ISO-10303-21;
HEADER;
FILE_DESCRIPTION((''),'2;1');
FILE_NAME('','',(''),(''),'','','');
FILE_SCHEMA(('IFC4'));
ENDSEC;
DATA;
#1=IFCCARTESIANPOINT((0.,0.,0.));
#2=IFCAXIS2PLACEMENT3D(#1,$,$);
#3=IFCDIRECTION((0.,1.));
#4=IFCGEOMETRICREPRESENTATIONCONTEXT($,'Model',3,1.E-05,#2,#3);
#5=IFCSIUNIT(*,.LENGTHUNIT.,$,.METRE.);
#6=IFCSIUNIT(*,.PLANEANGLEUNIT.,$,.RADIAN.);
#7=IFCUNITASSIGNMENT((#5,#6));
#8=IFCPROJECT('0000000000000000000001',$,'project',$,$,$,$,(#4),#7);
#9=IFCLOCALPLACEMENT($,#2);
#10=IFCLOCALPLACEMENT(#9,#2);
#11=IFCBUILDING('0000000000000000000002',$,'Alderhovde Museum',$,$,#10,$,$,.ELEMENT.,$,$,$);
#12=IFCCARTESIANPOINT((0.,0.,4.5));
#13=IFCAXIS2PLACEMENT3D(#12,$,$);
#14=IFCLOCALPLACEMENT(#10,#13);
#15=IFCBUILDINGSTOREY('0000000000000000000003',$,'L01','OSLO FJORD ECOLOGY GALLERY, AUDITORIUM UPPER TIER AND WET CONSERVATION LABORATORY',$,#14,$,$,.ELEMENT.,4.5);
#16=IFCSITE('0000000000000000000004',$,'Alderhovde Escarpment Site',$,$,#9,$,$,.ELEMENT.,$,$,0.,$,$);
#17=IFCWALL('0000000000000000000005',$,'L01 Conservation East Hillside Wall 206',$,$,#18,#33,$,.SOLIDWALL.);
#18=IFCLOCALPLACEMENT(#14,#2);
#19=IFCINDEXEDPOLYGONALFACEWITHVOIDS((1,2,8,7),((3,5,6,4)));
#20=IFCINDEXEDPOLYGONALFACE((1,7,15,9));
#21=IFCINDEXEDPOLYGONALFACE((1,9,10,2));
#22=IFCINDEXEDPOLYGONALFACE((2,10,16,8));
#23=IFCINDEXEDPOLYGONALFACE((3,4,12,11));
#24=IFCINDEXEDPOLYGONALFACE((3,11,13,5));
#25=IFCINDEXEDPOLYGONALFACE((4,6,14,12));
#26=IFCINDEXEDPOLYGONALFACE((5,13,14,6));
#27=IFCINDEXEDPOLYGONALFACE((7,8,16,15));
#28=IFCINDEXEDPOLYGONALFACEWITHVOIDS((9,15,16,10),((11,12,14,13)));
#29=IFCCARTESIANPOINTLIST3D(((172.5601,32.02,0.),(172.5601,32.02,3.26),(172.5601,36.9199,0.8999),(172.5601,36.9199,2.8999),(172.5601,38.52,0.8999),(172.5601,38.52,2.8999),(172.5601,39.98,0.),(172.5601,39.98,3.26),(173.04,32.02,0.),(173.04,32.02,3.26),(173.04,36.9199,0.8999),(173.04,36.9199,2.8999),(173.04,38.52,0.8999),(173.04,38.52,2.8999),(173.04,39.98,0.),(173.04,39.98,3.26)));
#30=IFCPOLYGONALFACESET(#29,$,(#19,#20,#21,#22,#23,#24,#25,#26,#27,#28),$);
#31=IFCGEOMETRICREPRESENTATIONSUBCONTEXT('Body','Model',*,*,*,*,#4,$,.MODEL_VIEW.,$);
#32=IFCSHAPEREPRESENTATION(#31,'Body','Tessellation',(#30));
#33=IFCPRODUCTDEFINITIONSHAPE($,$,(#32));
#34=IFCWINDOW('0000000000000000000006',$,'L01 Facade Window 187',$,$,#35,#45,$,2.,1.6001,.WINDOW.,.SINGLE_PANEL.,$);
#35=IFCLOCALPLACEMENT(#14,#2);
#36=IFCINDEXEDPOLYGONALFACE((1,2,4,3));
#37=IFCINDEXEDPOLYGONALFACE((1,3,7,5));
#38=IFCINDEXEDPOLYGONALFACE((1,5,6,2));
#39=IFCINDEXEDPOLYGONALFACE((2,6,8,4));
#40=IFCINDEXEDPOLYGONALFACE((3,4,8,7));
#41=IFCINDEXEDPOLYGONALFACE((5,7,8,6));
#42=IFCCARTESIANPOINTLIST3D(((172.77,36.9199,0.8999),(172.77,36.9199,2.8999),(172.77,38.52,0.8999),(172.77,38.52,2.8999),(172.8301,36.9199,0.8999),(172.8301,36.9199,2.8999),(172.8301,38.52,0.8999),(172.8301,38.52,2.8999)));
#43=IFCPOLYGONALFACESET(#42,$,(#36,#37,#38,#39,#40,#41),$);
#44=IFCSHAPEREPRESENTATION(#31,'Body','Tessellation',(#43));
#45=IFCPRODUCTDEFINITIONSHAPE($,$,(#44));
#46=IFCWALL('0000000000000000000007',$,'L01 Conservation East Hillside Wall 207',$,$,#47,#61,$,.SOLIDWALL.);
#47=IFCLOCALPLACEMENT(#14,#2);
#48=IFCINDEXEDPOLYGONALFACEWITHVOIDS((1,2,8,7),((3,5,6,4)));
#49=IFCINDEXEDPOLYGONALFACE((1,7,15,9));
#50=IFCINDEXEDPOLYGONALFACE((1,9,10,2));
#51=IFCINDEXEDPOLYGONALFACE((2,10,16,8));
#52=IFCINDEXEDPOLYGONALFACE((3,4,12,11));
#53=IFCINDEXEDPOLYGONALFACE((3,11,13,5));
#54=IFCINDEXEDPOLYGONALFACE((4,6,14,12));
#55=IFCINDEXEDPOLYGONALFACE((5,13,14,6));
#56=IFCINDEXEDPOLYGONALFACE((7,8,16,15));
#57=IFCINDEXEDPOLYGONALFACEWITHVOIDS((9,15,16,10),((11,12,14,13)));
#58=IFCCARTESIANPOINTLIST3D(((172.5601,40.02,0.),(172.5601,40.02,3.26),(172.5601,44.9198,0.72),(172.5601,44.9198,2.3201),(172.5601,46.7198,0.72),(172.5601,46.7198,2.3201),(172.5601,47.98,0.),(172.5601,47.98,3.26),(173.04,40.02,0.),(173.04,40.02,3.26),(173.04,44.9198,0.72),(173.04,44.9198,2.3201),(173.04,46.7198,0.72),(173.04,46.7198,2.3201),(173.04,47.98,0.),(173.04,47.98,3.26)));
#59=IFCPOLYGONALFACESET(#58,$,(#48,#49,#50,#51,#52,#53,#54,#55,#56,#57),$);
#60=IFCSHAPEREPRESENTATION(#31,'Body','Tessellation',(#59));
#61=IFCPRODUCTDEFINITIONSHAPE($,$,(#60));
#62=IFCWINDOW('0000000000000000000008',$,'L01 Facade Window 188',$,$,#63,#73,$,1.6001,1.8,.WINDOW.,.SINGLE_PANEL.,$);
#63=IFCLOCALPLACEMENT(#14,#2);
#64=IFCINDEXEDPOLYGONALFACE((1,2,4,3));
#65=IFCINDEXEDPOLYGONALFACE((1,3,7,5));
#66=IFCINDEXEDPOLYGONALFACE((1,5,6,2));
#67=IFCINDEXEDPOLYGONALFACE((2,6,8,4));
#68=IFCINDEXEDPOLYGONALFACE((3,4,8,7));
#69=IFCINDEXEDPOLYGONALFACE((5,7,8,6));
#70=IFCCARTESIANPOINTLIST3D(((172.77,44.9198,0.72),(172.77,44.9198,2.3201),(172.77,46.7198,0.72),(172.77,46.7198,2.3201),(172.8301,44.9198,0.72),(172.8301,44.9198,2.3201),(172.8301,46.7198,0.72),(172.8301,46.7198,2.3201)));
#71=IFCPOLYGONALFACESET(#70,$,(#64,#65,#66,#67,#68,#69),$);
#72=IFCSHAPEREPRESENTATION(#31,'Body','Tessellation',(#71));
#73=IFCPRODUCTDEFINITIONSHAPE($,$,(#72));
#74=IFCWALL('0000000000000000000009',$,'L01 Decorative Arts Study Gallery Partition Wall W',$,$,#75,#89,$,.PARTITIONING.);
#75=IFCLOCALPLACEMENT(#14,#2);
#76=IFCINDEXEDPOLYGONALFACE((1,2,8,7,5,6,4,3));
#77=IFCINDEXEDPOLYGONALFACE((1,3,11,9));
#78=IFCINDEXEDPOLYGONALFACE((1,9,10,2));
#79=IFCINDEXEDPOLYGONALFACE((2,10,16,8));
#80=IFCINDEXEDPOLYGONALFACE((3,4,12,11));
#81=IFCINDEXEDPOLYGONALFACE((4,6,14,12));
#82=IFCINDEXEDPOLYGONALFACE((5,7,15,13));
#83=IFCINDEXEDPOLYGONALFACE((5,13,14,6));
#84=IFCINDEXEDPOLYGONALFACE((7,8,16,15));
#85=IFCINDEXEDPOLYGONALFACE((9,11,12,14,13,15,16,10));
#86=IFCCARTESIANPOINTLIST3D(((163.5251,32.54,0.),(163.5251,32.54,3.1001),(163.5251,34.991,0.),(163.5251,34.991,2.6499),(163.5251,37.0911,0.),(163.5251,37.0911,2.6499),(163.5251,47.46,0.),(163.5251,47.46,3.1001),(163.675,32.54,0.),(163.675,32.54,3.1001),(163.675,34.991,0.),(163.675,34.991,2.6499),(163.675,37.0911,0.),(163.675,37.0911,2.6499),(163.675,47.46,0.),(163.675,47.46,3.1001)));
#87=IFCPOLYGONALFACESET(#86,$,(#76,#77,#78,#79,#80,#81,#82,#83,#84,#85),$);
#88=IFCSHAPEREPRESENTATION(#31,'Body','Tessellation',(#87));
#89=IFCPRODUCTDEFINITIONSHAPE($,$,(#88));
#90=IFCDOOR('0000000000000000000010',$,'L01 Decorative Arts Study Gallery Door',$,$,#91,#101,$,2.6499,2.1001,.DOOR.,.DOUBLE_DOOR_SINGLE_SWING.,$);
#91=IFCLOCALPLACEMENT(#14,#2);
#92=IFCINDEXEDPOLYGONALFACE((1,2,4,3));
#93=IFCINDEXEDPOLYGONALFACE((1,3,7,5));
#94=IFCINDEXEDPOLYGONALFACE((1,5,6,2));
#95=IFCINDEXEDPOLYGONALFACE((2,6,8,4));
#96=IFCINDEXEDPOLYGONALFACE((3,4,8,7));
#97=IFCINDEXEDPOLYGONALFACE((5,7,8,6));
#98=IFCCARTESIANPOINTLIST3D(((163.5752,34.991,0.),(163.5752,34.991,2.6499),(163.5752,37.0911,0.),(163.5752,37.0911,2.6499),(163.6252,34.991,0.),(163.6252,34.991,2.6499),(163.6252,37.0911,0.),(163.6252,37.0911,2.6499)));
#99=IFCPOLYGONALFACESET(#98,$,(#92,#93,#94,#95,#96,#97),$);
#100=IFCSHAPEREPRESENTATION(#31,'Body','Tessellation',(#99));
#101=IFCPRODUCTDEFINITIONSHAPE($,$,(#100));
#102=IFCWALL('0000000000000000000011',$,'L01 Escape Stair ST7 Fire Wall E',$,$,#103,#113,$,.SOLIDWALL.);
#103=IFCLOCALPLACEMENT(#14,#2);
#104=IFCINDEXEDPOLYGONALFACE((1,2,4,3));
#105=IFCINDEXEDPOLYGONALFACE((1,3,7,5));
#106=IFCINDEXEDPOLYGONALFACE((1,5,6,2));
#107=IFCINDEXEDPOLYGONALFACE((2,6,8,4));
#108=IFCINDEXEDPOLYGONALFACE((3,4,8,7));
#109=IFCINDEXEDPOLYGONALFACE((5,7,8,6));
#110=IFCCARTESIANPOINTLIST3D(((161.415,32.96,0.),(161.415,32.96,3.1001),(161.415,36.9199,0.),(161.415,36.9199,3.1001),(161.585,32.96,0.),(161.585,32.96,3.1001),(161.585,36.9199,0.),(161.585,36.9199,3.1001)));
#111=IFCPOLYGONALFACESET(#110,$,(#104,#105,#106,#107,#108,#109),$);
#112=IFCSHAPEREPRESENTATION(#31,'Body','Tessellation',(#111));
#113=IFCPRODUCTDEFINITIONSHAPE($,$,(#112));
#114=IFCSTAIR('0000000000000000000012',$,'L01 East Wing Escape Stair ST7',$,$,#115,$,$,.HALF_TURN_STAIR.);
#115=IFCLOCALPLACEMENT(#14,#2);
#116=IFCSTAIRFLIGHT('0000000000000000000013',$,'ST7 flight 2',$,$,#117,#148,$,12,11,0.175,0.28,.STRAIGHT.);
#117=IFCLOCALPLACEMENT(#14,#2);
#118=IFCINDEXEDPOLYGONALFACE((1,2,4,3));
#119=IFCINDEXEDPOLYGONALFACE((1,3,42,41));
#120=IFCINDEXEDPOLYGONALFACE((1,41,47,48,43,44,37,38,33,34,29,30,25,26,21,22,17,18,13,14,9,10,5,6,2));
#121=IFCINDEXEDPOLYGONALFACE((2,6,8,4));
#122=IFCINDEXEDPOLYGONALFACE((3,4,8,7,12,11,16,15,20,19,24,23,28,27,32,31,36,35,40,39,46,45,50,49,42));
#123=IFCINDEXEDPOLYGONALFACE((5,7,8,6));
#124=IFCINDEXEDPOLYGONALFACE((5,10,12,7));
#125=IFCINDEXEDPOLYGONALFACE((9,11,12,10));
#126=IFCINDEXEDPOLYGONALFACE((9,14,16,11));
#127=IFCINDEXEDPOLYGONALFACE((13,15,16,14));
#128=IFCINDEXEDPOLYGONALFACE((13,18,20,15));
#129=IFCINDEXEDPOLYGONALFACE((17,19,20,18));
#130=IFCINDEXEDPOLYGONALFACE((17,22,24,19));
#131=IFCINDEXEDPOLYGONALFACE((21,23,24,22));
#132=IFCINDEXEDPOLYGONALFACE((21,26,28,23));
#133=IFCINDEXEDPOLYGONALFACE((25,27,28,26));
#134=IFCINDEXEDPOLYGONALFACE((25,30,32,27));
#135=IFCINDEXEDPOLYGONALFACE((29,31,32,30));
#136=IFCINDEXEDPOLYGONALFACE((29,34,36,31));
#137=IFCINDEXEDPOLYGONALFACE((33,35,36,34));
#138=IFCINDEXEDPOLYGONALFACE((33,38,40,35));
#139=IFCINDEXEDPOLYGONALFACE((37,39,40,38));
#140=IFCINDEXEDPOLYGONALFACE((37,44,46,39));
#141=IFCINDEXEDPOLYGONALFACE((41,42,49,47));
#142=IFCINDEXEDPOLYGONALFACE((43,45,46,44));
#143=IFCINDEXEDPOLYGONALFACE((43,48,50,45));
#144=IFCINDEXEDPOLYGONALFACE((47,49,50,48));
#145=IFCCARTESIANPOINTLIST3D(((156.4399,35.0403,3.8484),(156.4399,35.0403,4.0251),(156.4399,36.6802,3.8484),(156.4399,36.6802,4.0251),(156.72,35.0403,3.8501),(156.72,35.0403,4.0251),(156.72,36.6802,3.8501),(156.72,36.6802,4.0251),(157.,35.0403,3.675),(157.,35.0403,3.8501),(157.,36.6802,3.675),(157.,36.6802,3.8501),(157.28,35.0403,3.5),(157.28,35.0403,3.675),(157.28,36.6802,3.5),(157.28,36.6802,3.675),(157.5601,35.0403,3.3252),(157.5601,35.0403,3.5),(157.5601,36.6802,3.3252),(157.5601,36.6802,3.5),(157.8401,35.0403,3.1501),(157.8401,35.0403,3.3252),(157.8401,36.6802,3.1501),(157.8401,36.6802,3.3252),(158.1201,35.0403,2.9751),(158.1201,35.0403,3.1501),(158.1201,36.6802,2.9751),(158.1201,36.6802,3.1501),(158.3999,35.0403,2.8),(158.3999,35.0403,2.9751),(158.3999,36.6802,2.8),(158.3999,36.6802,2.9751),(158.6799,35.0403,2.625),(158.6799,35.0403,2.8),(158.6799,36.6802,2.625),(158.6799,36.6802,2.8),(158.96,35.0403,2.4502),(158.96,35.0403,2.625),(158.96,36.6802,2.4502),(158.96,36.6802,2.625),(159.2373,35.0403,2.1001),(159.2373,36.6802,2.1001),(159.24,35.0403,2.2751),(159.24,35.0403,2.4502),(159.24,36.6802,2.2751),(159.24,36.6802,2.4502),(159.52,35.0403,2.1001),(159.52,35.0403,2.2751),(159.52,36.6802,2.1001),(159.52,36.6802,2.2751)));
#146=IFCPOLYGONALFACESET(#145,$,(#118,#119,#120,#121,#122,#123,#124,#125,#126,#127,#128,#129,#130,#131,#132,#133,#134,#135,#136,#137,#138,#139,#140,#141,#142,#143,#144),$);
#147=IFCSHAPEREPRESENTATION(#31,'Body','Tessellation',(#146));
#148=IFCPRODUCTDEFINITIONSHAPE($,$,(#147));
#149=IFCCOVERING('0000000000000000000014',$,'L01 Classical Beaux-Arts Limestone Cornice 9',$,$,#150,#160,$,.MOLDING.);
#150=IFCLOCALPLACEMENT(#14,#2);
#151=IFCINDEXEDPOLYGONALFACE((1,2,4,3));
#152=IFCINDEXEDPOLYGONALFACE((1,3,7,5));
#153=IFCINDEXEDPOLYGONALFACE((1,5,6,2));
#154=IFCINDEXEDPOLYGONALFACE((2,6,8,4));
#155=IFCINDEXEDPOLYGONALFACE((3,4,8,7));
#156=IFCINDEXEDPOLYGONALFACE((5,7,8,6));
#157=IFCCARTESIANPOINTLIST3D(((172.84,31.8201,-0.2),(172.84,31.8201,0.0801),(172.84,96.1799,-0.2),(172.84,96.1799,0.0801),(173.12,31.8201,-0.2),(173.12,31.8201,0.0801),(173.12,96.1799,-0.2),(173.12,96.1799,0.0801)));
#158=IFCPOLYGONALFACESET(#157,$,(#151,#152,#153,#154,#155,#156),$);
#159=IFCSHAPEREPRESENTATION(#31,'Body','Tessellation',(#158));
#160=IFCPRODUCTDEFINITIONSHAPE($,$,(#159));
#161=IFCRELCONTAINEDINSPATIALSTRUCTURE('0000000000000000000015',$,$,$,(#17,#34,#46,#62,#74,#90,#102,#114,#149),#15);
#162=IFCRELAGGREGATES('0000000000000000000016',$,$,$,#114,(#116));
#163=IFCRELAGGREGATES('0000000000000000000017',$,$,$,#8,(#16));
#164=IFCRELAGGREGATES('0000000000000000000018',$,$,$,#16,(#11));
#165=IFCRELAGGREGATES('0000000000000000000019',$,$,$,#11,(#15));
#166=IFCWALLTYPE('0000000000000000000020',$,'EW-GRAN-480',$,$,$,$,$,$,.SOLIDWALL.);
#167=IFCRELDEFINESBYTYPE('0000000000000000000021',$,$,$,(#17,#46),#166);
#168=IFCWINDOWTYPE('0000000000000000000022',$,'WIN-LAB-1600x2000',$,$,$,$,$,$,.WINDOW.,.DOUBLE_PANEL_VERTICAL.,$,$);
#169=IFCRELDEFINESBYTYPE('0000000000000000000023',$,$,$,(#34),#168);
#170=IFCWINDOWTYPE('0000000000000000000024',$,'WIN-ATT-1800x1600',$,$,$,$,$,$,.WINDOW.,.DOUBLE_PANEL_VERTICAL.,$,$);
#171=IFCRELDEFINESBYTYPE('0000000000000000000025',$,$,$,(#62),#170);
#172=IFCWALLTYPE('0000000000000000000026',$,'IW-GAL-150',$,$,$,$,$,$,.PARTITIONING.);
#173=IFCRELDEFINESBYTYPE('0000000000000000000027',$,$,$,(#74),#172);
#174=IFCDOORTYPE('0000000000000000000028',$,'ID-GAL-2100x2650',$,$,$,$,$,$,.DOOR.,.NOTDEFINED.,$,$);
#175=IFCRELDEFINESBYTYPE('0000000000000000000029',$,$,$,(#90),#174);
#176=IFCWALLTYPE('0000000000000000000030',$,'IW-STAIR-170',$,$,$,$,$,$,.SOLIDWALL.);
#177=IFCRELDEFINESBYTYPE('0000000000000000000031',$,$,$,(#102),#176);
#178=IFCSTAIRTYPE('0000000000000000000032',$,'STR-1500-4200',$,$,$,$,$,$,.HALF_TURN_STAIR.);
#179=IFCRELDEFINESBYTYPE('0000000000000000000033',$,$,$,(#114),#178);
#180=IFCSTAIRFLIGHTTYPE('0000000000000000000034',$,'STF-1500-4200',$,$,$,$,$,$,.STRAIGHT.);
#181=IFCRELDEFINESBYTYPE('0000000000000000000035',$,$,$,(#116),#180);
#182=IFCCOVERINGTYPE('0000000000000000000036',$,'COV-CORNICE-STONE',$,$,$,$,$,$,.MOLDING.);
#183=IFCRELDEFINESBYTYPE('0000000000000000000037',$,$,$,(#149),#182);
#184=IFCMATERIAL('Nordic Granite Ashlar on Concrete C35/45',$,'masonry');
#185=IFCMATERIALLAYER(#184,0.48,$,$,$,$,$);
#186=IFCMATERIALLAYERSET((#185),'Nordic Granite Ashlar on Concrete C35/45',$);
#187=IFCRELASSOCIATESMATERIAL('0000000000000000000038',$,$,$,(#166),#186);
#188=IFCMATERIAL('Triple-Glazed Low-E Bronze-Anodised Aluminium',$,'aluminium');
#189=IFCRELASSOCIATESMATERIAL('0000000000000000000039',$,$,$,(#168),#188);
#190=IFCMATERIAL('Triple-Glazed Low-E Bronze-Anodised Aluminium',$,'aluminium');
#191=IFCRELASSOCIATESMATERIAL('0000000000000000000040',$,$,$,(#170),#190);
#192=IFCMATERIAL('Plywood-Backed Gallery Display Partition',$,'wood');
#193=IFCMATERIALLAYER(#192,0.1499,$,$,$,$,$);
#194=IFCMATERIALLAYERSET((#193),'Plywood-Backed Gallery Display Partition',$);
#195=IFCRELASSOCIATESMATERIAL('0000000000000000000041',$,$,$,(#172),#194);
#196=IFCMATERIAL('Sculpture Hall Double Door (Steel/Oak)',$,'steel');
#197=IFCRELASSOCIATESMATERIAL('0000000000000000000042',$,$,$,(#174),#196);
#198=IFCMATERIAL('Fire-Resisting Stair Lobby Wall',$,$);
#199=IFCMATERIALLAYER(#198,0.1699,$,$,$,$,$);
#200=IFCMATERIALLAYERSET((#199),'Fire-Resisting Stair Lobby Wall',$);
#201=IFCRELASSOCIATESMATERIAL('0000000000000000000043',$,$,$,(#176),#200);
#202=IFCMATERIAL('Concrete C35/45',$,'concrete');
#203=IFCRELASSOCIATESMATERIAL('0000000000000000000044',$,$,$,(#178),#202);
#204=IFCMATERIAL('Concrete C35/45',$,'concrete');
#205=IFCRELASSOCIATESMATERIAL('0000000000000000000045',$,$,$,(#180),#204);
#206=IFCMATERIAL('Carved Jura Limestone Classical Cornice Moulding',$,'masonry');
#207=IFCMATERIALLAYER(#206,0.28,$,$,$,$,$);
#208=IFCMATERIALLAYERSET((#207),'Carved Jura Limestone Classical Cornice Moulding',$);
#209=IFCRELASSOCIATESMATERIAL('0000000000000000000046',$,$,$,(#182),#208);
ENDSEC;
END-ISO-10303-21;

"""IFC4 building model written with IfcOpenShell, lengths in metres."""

from ifc_helpers import new_model, si_unit, direction, frame, frame_2d, origin, place, context, subcontext, project, spatial, polyline, rectangle, outline, extrude, material, layer, layer_set, type_object, element, fill, aggregate, save


model = new_model("IFC4")

# Units and contexts
model_context = context("Model", 3, precision=1e-05, world=origin(), true_north=direction((0.0, 1.0)))
body_context = subcontext(model_context, "Body", "Model", "MODEL_VIEW")
ifc_project = project(units=[si_unit("LENGTHUNIT", "METRE"), si_unit("PLANEANGLEUNIT", "RADIAN")], contexts=[model_context])

# Site, building, storey
site_placement = place(None, origin())
site = spatial("IfcSite", under=ifc_project, at=site_placement, Name="Alderhovde Escarpment Site", CompositionType="ELEMENT", RefElevation=0.0)
building_placement = place(site_placement, origin())
building = spatial("IfcBuilding", under=site, at=building_placement, Name="Alderhovde Museum", CompositionType="ELEMENT")
storey_placement = place(building_placement, frame((0.0, 0.0, 4.5)))
storey = spatial("IfcBuildingStorey", under=building, at=storey_placement, Name="L01", Description="OSLO FJORD ECOLOGY GALLERY, AUDITORIUM UPPER TIER AND WET CONSERVATION LABORATORY", CompositionType="ELEMENT", Elevation=4.5)

# Shared definitions
ifc_material_1 = material(Name="Nordic Granite Ashlar on Concrete C35/45", Category="masonry")
ifc_layer_1 = layer(ifc_material_1, 0.48)
ifc_layer_set_1 = layer_set([ifc_layer_1], Name="Nordic Granite Ashlar on Concrete C35/45")
wall_type_1 = type_object("IfcWallType", Name="EW-GRAN-480", PredefinedType="SOLIDWALL", material=ifc_layer_set_1)

# Walls, openings, windows
wall_1_placement = place(storey_placement, frame((172.8, 32.02, 0.0), z_axis=(0.0, 0.0, 1.0), x_axis=(0.0, 1.0, 0.0)))
wall_1 = element("IfcWall", 1, at=wall_1_placement, inside=storey, type_object=wall_type_1, Name="L01 Conservation East Hillside Wall 206", PredefinedType="SOLIDWALL", context=body_context, shape_type="SweptSolid", body=[
    extrude(rectangle(XDim=7.96, YDim=0.48, at=frame_2d((3.98, 0.0))), origin(), (0.0, 0.0, 1.0), 3.26),
])
opening_1_placement = place(wall_1_placement, frame((4.8999, 0.0, 0.8999)))
opening_1 = element("IfcOpeningElement", 2, at=opening_1_placement, cuts=wall_1, PredefinedType="OPENING", context=body_context, shape_type="SweptSolid", body=[
    extrude(rectangle(XDim=1.6001, YDim=2.0, at=frame_2d((0.8, 1.0))), frame((0.0, 0.25, 0.0), z_axis=(0.0, -1.0, 0.0), x_axis=(1.0, 0.0, 0.0)), (0.0, 0.0, 1.0), 0.5),
])
ifc_material_2 = material(Name="Triple-Glazed Low-E Bronze-Anodised Aluminium", Category="aluminium")
window_type_1 = type_object("IfcWindowType", Name="WIN-LAB-1600x2000", PartitioningType="DOUBLE_PANEL_VERTICAL", PredefinedType="WINDOW", material=ifc_material_2)
window_1_placement = place(opening_1_placement, origin())
window_1 = element("IfcWindow", 3, at=window_1_placement, inside=storey, type_object=window_type_1, Name="L01 Facade Window 187", OverallHeight=2.0, OverallWidth=1.6001, PartitioningType="SINGLE_PANEL", PredefinedType="WINDOW", context=body_context, shape_type="SweptSolid", body=[
    extrude(rectangle(XDim=1.6001, YDim=2.0, at=frame_2d((0.8, 1.0))), frame((0.0, 0.03, 0.0), z_axis=(0.0, -1.0, 0.0), x_axis=(1.0, 0.0, 0.0)), (0.0, 0.0, 1.0), 0.0601),
])
fill(opening_1, window_1)
wall_2_placement = place(storey_placement, frame((172.8, 40.02, 0.0), z_axis=(0.0, 0.0, 1.0), x_axis=(0.0, 1.0, 0.0)))
wall_2 = element("IfcWall", 4, at=wall_2_placement, inside=storey, type_object=wall_type_1, Name="L01 Conservation East Hillside Wall 207", PredefinedType="SOLIDWALL", context=body_context, shape_type="SweptSolid", body=[
    extrude(rectangle(XDim=7.96, YDim=0.48, at=frame_2d((3.98, 0.0))), origin(), (0.0, 0.0, 1.0), 3.26),
])
opening_2_placement = place(wall_2_placement, frame((4.8999, 0.0, 0.72)))
opening_2 = element("IfcOpeningElement", 5, at=opening_2_placement, cuts=wall_2, PredefinedType="OPENING", context=body_context, shape_type="SweptSolid", body=[
    extrude(rectangle(XDim=1.8, YDim=1.6001, at=frame_2d((0.8999, 0.8))), frame((0.0, 0.25, 0.0), z_axis=(0.0, -1.0, 0.0), x_axis=(1.0, 0.0, 0.0)), (0.0, 0.0, 1.0), 0.5),
])
ifc_material_3 = material(Name="Triple-Glazed Low-E Bronze-Anodised Aluminium", Category="aluminium")
window_type_2 = type_object("IfcWindowType", Name="WIN-ATT-1800x1600", PartitioningType="DOUBLE_PANEL_VERTICAL", PredefinedType="WINDOW", material=ifc_material_3)
window_2_placement = place(opening_2_placement, origin())
window_2 = element("IfcWindow", 6, at=window_2_placement, inside=storey, type_object=window_type_2, Name="L01 Facade Window 188", OverallHeight=1.6001, OverallWidth=1.8, PartitioningType="SINGLE_PANEL", PredefinedType="WINDOW", context=body_context, shape_type="SweptSolid", body=[
    extrude(rectangle(XDim=1.8, YDim=1.6001, at=frame_2d((0.8999, 0.8))), frame((0.0, 0.03, 0.0), z_axis=(0.0, -1.0, 0.0), x_axis=(1.0, 0.0, 0.0)), (0.0, 0.0, 1.0), 0.0601),
])
fill(opening_2, window_2)

# Wall, opening, door
ifc_material_4 = material(Name="Plywood-Backed Gallery Display Partition", Category="wood")
ifc_layer_2 = layer(ifc_material_4, 0.1499)
ifc_layer_set_2 = layer_set([ifc_layer_2], Name="Plywood-Backed Gallery Display Partition")
wall_type_2 = type_object("IfcWallType", Name="IW-GAL-150", PredefinedType="PARTITIONING", material=ifc_layer_set_2)
wall_3_placement = place(storey_placement, frame((163.6001, 32.54, 0.0), z_axis=(0.0, 0.0, 1.0), x_axis=(0.0, 1.0, 0.0)))
wall_3 = element("IfcWall", 7, at=wall_3_placement, inside=storey, type_object=wall_type_2, Name="L01 Decorative Arts Study Gallery Partition Wall W", PredefinedType="PARTITIONING", context=body_context, shape_type="SweptSolid", body=[
    extrude(rectangle(XDim=14.9199, YDim=0.1499, at=frame_2d((7.46, 0.0))), origin(), (0.0, 0.0, 1.0), 3.1001),
])
opening_3_placement = place(wall_3_placement, frame((2.4509, 0.0, 0.0)))
opening_3 = element("IfcOpeningElement", 8, at=opening_3_placement, cuts=wall_3, PredefinedType="OPENING", context=body_context, shape_type="SweptSolid", body=[
    extrude(rectangle(XDim=2.1001, YDim=2.6499, at=frame_2d((1.05, 1.325))), frame((0.0, 0.085, 0.0), z_axis=(0.0, -1.0, 0.0), x_axis=(1.0, 0.0, 0.0)), (0.0, 0.0, 1.0), 0.1699),
])
ifc_material_5 = material(Name="Sculpture Hall Double Door (Steel/Oak)", Category="steel")
door_type = type_object("IfcDoorType", Name="ID-GAL-2100x2650", OperationType="NOTDEFINED", PredefinedType="DOOR", material=ifc_material_5)
door_placement = place(opening_3_placement, origin())
door = element("IfcDoor", 9, at=door_placement, inside=storey, type_object=door_type, Name="L01 Decorative Arts Study Gallery Door", OperationType="DOUBLE_DOOR_SINGLE_SWING", OverallHeight=2.6499, OverallWidth=2.1001, PredefinedType="DOOR", context=body_context, shape_type="SweptSolid", body=[
    extrude(rectangle(XDim=2.1001, YDim=2.6499, at=frame_2d((1.05, 1.325))), frame((0.0, 0.0249, 0.0), z_axis=(0.0, -1.0, 0.0), x_axis=(1.0, 0.0, 0.0)), (0.0, 0.0, 1.0), 0.05),
])
fill(opening_3, door)

# Wall
ifc_material_6 = material(Name="Fire-Resisting Stair Lobby Wall")
ifc_layer_3 = layer(ifc_material_6, 0.1699)
ifc_layer_set_3 = layer_set([ifc_layer_3], Name="Fire-Resisting Stair Lobby Wall")
wall_type_3 = type_object("IfcWallType", Name="IW-STAIR-170", PredefinedType="SOLIDWALL", material=ifc_layer_set_3)
wall_4_placement = place(storey_placement, frame((161.5, 32.96, 0.0), z_axis=(0.0, 0.0, 1.0), x_axis=(0.0, 1.0, 0.0)))
element("IfcWall", 10, at=wall_4_placement, inside=storey, type_object=wall_type_3, Name="L01 Escape Stair ST7 Fire Wall E", PredefinedType="SOLIDWALL", context=body_context, shape_type="SweptSolid", body=[
    extrude(rectangle(XDim=3.96, YDim=0.1699, at=frame_2d((1.98, 0.0))), origin(), (0.0, 0.0, 1.0), 3.1001),
])

# Stair, stair flight
ifc_material_7 = material(Name="Concrete C35/45", Category="concrete")
stair_type = type_object("IfcStairType", Name="STR-1500-4200", PredefinedType="HALF_TURN_STAIR", material=ifc_material_7)
stair_placement = place(storey_placement, origin())
stair = element("IfcStair", 11, at=stair_placement, inside=storey, type_object=stair_type, Name="L01 East Wing Escape Stair ST7", PredefinedType="HALF_TURN_STAIR")
ifc_material_8 = material(Name="Concrete C35/45", Category="concrete")
stair_flight_type = type_object("IfcStairFlightType", Name="STF-1500-4200", PredefinedType="STRAIGHT", material=ifc_material_8)
stair_flight_placement = place(storey_placement, frame((159.52, 35.8601, 2.1001), z_axis=(0.0, 0.0, 1.0), x_axis=(-1.0, 0.0, 0.0)))
stair_flight = element("IfcStairFlight", 12, at=stair_flight_placement, type_object=stair_flight_type, Name="ST7 flight 2", NumberOfRisers=12, NumberOfTreads=11, PredefinedType="STRAIGHT", RiserHeight=0.175, TreadLength=0.28, context=body_context, shape_type="SweptSolid", body=[
    extrude(outline(polyline([(0.0, 0.0), (0.0, 0.175), (0.28, 0.175), (0.28, 0.3501), (0.5601, 0.3501), (0.5601, 0.5249), (0.8401, 0.5249), (0.8401, 0.7), (1.1201, 0.7), (1.1201, 0.875), (1.3999, 0.875), (1.3999, 1.05), (1.6799, 1.05), (1.6799, 1.2251), (1.96, 1.2251), (1.96, 1.3999), (2.24, 1.3999), (2.24, 1.575), (2.52, 1.575), (2.52, 1.75), (2.8, 1.75), (2.8, 1.925), (3.0801, 1.925), (3.0801, 2.1001), (3.0801, 1.7483), (0.2827, 0.0), (0.0, 0.0)])), frame((0.0, 0.8198, 0.0), z_axis=(0.0, -1.0, 0.0), x_axis=(1.0, 0.0, 0.0)), (0.0, 0.0, 1.0), 1.6399),
])
aggregate(stair, [stair_flight])

# Covering
ifc_material_9 = material(Name="Carved Jura Limestone Classical Cornice Moulding", Category="masonry")
ifc_layer_4 = layer(ifc_material_9, 0.28)
ifc_layer_set_4 = layer_set([ifc_layer_4], Name="Carved Jura Limestone Classical Cornice Moulding")
covering_type = type_object("IfcCoveringType", Name="COV-CORNICE-STONE", PredefinedType="MOLDING", material=ifc_layer_set_4)
covering_placement = place(storey_placement, frame((172.98, 31.8201, -0.2), z_axis=(0.0, 0.0, 1.0), x_axis=(0.0, 1.0, 0.0)))
element("IfcCovering", 13, at=covering_placement, inside=storey, type_object=covering_type, Name="L01 Classical Beaux-Arts Limestone Cornice 9", PredefinedType="MOLDING", context=body_context, shape_type="SweptSolid", body=[
    extrude(rectangle(XDim=64.3599, YDim=0.28, at=frame_2d((32.1799, 0.0))), origin(), (0.0, 0.0, 1.0), 0.28),
])

save(model, "model.ifc")
